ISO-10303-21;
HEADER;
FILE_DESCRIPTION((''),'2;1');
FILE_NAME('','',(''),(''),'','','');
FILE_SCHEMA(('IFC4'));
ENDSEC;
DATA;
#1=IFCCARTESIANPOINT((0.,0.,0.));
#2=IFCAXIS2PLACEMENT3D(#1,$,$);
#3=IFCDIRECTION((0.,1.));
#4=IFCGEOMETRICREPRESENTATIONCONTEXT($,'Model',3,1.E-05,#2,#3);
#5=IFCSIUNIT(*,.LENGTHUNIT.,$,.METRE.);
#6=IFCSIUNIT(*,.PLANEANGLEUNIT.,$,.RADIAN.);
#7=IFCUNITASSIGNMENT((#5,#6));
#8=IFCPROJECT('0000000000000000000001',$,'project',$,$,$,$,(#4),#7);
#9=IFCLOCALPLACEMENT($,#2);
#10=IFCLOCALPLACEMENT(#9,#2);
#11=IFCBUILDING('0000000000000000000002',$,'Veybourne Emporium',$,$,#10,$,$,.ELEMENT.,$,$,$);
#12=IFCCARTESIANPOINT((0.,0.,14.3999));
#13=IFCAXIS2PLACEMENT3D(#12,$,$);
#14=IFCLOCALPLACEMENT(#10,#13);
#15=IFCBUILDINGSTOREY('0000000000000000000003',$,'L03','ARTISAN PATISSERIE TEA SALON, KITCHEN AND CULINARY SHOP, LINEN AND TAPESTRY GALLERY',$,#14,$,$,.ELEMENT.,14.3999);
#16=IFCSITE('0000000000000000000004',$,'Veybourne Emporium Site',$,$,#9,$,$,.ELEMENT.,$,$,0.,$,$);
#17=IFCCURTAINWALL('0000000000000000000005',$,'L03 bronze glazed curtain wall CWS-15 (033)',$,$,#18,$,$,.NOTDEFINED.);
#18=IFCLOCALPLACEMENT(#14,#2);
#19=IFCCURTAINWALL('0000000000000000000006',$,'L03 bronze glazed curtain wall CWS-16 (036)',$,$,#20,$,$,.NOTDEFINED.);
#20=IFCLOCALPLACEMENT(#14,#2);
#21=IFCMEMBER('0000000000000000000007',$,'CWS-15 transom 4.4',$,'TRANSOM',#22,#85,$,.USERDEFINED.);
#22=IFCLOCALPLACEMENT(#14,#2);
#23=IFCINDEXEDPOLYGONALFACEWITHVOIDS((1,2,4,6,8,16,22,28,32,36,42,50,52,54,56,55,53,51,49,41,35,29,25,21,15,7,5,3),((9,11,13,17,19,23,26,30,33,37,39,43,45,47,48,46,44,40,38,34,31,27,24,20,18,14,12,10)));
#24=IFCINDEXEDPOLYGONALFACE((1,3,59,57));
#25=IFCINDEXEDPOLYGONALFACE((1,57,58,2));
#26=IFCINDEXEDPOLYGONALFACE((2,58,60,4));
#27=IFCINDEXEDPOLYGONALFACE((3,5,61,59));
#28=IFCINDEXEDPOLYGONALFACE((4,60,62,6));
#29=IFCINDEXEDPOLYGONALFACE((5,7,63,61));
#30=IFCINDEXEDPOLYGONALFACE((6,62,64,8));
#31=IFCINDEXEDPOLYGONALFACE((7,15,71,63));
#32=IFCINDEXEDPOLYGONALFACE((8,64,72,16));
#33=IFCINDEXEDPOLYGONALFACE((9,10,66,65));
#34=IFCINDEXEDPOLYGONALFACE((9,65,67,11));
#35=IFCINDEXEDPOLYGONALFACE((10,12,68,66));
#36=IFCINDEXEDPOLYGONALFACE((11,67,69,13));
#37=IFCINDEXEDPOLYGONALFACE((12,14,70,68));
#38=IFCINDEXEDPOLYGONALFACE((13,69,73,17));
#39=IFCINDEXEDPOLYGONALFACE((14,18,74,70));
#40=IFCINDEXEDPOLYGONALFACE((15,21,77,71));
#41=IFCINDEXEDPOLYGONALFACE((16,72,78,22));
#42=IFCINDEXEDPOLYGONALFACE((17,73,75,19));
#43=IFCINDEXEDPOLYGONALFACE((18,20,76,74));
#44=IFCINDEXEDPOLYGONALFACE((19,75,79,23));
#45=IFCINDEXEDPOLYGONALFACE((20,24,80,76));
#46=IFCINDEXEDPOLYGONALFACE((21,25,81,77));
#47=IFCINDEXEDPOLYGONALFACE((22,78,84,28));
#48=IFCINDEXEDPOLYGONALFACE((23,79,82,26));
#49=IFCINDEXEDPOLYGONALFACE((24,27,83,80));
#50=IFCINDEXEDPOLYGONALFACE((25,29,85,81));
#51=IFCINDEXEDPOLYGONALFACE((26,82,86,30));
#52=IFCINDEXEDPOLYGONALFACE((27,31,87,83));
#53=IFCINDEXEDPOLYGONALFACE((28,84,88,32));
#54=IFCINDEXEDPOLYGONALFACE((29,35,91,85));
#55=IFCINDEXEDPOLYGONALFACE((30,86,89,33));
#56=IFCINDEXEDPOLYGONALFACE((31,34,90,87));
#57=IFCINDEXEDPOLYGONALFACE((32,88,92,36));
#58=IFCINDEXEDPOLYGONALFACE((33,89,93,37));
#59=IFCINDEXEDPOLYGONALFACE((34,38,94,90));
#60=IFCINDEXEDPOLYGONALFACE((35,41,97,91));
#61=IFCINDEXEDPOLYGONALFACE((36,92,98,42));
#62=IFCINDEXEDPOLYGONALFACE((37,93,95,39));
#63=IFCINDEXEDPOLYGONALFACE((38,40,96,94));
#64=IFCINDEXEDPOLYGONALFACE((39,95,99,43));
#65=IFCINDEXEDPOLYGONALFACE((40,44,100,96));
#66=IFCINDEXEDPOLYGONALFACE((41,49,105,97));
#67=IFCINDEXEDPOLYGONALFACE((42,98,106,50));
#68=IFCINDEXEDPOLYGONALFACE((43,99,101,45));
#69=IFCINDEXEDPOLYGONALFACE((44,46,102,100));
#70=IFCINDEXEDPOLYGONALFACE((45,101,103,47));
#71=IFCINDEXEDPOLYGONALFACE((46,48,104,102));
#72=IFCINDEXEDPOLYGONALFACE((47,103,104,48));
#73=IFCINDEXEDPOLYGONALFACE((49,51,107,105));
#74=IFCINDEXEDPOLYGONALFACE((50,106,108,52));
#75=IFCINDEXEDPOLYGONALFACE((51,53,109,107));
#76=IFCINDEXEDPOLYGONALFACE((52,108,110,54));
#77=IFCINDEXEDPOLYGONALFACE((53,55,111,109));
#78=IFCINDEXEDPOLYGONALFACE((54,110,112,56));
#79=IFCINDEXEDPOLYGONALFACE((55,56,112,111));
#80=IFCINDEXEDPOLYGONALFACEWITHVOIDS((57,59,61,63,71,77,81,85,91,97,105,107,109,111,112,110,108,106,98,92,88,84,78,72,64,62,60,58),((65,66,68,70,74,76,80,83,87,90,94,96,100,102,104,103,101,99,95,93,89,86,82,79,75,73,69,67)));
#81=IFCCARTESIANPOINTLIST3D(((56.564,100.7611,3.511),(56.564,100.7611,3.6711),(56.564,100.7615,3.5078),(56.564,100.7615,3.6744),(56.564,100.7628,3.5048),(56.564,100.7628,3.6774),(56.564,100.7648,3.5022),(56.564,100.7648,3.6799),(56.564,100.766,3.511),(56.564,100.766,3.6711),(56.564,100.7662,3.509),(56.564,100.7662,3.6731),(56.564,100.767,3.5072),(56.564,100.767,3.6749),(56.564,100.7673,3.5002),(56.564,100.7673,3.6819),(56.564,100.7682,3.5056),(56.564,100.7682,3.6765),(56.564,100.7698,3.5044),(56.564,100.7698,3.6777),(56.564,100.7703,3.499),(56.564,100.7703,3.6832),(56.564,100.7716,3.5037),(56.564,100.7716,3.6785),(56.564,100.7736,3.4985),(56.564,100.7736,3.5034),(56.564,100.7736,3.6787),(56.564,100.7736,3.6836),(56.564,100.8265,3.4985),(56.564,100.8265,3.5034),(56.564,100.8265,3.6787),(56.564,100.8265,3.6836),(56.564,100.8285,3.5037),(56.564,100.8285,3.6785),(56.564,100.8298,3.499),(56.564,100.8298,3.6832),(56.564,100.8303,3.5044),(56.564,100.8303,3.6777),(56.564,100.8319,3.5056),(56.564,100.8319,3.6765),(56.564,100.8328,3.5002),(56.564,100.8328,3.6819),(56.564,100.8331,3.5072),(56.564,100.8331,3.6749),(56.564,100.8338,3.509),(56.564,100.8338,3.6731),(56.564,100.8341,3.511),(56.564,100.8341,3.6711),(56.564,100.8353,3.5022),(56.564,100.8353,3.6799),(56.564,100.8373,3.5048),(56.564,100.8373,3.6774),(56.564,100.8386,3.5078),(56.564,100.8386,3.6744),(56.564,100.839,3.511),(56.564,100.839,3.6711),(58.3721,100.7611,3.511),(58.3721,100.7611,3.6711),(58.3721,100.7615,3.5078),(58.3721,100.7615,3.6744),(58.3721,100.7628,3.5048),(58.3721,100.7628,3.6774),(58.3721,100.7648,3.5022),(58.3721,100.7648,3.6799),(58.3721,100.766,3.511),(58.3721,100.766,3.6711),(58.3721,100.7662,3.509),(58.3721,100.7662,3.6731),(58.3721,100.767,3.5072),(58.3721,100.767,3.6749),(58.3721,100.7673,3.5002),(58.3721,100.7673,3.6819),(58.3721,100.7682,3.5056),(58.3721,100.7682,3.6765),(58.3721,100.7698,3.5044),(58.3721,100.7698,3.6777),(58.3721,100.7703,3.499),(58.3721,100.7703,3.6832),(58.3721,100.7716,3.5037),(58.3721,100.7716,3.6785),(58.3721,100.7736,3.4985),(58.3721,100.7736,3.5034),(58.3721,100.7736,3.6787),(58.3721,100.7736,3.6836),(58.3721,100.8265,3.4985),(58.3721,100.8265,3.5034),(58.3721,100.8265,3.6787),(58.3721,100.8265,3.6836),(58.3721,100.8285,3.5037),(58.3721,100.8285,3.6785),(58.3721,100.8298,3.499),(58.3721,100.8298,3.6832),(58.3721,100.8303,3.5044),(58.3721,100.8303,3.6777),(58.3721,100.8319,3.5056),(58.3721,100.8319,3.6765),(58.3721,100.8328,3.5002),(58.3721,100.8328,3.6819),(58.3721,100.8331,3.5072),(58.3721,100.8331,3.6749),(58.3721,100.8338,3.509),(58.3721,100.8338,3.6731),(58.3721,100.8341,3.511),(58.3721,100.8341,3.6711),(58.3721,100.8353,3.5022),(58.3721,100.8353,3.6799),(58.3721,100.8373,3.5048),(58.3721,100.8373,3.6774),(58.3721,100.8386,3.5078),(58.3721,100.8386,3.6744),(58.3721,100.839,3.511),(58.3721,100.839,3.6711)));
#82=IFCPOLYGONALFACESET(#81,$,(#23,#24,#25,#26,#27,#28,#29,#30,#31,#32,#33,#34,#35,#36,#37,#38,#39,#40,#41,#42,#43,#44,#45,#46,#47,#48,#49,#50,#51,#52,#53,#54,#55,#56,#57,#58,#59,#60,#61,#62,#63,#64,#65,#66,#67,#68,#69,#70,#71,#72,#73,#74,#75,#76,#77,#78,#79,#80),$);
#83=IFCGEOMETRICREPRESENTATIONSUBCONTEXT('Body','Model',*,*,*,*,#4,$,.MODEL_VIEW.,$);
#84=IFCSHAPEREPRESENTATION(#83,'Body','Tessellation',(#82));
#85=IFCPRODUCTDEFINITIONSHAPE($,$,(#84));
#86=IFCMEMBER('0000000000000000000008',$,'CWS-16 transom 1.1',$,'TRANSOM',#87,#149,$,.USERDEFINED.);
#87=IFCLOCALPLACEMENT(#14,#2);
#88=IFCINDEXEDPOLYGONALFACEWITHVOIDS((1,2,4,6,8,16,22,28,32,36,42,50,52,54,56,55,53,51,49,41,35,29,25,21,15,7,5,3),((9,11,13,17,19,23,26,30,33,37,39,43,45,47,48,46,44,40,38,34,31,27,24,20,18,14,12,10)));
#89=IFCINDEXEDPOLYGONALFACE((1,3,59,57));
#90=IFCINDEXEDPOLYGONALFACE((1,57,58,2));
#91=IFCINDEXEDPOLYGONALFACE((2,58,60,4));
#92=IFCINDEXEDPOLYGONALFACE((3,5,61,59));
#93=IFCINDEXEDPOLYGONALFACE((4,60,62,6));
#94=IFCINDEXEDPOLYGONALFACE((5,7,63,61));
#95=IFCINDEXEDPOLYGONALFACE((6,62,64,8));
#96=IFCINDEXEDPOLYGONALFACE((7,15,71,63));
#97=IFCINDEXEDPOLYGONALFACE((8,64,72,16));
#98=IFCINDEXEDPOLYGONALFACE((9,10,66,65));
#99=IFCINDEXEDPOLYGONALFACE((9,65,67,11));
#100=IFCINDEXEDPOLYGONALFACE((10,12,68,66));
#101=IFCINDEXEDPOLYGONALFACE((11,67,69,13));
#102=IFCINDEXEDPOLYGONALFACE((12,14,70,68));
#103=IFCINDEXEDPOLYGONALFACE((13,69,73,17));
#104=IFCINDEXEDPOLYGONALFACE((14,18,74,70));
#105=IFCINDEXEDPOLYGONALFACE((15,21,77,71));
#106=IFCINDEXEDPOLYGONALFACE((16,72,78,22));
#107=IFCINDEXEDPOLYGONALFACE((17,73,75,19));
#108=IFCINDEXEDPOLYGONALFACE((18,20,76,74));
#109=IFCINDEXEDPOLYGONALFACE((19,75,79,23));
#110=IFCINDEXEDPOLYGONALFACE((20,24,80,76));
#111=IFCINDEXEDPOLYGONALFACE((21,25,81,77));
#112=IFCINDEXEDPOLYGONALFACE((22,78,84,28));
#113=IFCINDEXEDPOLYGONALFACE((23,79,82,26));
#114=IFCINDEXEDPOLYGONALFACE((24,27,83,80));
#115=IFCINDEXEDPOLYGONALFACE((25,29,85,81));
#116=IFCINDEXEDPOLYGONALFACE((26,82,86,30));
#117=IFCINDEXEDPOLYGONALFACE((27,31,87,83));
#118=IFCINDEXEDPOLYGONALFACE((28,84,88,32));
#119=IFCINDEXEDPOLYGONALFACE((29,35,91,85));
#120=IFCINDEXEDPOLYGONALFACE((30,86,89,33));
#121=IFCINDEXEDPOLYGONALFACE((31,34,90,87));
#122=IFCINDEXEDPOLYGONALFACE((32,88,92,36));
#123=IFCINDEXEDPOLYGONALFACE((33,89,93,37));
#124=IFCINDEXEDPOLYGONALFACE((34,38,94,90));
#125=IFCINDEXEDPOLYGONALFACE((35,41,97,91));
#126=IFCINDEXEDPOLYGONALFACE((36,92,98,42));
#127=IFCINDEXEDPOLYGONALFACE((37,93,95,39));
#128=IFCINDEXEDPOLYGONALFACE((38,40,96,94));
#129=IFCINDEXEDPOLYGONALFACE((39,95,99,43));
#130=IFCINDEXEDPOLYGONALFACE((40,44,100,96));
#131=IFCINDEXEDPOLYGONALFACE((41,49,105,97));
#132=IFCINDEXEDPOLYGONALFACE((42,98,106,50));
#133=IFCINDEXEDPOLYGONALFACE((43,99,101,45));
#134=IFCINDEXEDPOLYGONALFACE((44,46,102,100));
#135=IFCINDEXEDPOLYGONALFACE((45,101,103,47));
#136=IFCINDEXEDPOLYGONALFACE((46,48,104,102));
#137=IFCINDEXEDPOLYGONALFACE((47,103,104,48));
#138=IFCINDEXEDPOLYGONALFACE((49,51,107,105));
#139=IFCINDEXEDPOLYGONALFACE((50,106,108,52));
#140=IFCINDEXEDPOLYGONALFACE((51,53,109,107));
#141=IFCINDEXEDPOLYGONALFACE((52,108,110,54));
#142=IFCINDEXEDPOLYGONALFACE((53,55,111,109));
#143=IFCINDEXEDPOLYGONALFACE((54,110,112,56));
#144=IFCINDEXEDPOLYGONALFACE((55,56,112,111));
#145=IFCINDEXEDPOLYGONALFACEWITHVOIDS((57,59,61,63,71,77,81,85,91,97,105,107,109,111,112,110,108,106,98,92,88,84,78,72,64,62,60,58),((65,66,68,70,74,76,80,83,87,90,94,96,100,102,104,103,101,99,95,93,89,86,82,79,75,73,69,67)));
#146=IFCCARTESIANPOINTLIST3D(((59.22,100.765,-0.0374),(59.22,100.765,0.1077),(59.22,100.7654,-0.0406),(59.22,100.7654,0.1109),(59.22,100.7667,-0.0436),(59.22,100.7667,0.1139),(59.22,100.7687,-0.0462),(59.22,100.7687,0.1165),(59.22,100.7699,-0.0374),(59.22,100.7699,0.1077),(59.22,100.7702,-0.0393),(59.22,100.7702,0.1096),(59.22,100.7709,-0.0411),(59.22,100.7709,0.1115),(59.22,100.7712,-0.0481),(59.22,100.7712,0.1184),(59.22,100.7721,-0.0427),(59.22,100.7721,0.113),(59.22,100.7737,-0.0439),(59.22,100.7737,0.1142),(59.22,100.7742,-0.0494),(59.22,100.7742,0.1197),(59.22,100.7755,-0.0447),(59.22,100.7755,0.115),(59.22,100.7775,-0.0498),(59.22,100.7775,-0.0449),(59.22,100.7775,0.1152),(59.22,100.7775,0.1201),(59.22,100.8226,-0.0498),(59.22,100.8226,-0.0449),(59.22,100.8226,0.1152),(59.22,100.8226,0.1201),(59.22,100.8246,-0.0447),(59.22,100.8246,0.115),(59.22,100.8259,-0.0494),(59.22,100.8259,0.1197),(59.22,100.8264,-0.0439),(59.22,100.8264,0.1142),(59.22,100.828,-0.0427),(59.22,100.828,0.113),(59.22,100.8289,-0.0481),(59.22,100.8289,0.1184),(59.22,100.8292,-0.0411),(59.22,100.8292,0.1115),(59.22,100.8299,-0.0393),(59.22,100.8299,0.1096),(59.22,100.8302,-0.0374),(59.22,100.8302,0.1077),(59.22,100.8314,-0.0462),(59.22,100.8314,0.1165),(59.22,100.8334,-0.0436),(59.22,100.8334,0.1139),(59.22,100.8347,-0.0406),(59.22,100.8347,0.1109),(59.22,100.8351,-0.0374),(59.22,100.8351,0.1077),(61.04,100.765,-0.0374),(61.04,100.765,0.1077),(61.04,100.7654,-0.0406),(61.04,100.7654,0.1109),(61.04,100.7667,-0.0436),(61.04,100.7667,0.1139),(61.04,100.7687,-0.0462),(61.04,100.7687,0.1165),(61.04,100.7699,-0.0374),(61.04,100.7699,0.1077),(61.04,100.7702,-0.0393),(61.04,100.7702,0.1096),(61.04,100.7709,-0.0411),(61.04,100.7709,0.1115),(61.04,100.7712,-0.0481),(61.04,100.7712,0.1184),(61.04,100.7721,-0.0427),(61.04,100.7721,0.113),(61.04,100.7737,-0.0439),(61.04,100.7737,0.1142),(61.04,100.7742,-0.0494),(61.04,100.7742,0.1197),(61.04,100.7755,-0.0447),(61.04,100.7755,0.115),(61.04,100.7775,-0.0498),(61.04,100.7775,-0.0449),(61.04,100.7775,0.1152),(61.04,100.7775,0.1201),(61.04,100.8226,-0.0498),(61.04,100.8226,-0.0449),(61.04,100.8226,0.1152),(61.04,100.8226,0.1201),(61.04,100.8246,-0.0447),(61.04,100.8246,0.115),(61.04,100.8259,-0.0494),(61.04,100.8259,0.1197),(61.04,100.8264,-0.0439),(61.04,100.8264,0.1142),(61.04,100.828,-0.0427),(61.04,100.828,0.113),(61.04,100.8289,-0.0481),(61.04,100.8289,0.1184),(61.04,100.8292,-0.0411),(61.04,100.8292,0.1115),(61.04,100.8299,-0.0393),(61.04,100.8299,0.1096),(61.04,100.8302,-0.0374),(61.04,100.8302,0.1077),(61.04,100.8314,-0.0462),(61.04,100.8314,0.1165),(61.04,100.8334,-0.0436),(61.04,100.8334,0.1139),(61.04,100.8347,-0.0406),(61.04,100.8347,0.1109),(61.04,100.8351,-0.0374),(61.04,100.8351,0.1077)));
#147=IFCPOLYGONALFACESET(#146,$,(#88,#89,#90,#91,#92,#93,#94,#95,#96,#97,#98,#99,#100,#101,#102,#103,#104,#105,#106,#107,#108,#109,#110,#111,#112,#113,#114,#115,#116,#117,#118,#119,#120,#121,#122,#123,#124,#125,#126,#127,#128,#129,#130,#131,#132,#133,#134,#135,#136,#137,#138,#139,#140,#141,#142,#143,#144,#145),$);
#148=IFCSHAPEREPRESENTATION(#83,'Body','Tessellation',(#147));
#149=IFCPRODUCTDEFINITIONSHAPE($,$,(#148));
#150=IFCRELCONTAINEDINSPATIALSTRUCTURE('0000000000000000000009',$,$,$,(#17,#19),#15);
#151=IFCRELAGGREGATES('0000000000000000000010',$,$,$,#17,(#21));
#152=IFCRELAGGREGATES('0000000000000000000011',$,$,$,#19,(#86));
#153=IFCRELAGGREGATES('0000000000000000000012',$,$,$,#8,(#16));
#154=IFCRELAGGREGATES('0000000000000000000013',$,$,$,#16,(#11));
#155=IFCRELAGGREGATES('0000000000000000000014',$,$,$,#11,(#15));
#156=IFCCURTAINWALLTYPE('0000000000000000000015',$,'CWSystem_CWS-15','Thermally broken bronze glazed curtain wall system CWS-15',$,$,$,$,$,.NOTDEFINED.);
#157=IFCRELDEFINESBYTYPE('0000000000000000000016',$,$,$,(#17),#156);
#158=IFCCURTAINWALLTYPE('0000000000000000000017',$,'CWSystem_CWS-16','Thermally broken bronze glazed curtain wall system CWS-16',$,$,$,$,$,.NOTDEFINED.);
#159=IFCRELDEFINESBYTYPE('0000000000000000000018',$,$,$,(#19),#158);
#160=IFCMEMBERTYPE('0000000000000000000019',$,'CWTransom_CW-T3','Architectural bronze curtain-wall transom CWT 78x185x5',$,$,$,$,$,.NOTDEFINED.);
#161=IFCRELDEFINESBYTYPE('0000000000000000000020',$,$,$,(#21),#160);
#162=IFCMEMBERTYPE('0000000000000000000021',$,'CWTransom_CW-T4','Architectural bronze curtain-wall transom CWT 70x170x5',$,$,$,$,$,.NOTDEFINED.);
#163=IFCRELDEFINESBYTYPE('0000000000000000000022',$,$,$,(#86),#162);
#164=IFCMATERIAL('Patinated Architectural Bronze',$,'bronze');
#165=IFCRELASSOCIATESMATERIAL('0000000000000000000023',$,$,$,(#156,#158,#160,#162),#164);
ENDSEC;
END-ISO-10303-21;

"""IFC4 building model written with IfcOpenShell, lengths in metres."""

from ifc_helpers import new_model, si_unit, direction, frame, origin, origin_2d, place, context, subcontext, project, spatial, hollow_rectangle, extrude, material, material_profile, profile_set, type_object, element, aggregate, save


model = new_model("IFC4")

# Units and contexts
model_context = context("Model", 3, precision=1e-05, world=origin(), true_north=direction((0.0, 1.0)))
body_context = subcontext(model_context, "Body", "Model", "MODEL_VIEW")
ifc_project = project(units=[si_unit("LENGTHUNIT", "METRE"), si_unit("PLANEANGLEUNIT", "RADIAN")], contexts=[model_context])

# Site, building, storey
site_placement = place(None, origin())
site = spatial("IfcSite", under=ifc_project, at=site_placement, Name="Veybourne Emporium Site", CompositionType="ELEMENT", RefElevation=0.0)
building_placement = place(site_placement, origin())
building = spatial("IfcBuilding", under=site, at=building_placement, Name="Veybourne Emporium", CompositionType="ELEMENT")
storey_placement = place(building_placement, frame((0.0, 0.0, 14.3999)))
storey = spatial("IfcBuildingStorey", under=building, at=storey_placement, Name="L03", Description="ARTISAN PATISSERIE TEA SALON, KITCHEN AND CULINARY SHOP, LINEN AND TAPESTRY GALLERY", CompositionType="ELEMENT", Elevation=14.3999)

# Curtain wall
ifc_material_1 = material(Name="Patinated Architectural Bronze", Category="bronze")
curtain_wall_type_1 = type_object("IfcCurtainWallType", Name="CWSystem_CWS-15", Description="Thermally broken bronze glazed curtain wall system CWS-15", PredefinedType="NOTDEFINED", material=ifc_material_1)
curtain_wall_1_placement = place(storey_placement, origin())
curtain_wall_1 = element("IfcCurtainWall", 1, at=curtain_wall_1_placement, inside=storey, type_object=curtain_wall_type_1, Name="L03 bronze glazed curtain wall CWS-15 (033)", PredefinedType="NOTDEFINED")

# Curtain wall
curtain_wall_type_2 = type_object("IfcCurtainWallType", Name="CWSystem_CWS-16", Description="Thermally broken bronze glazed curtain wall system CWS-16", PredefinedType="NOTDEFINED", material=ifc_material_1)
curtain_wall_2_placement = place(storey_placement, origin())
curtain_wall_2 = element("IfcCurtainWall", 2, at=curtain_wall_2_placement, inside=storey, type_object=curtain_wall_type_2, Name="L03 bronze glazed curtain wall CWS-16 (036)", PredefinedType="NOTDEFINED")

# Members
ifc_material_profile_1 = material_profile(ifc_material_1, hollow_rectangle(XDim=0.0779, YDim=0.1851, WallThickness=0.0049, InnerFilletRadius=0.0076, OuterFilletRadius=0.0125, at=origin_2d()), Name="CWT 78x185x5")
ifc_profile_set_1 = profile_set([ifc_material_profile_1], Name="Patinated Architectural Bronze")
member_type_1 = type_object("IfcMemberType", Name="CWTransom_CW-T3", Description="Architectural bronze curtain-wall transom CWT 78x185x5", PredefinedType="NOTDEFINED", material=ifc_profile_set_1)
member_1_placement = place(storey_placement, frame((56.564, 100.8, 3.5911), z_axis=(1.0, 0.0, 0.0), x_axis=(0.0, 1.0, 0.0)))
member_1 = element("IfcMember", 3, at=member_1_placement, type_object=member_type_1, Name="CWS-15 transom 4.4", ObjectType="TRANSOM", PredefinedType="USERDEFINED", context=body_context, shape_type="SweptSolid", body=[
    extrude(hollow_rectangle(XDim=0.0779, YDim=0.1851, WallThickness=0.0049, InnerFilletRadius=0.0076, OuterFilletRadius=0.0125, at=origin_2d()), origin(), (0.0, 0.0, 1.0), 1.8081),
])
ifc_material_profile_2 = material_profile(ifc_material_1, hollow_rectangle(XDim=0.0701, YDim=0.1699, WallThickness=0.0049, InnerFilletRadius=0.0076, OuterFilletRadius=0.0125, at=origin_2d()), Name="CWT 70x170x5")
ifc_profile_set_2 = profile_set([ifc_material_profile_2], Name="Patinated Architectural Bronze")
member_type_2 = type_object("IfcMemberType", Name="CWTransom_CW-T4", Description="Architectural bronze curtain-wall transom CWT 70x170x5", PredefinedType="NOTDEFINED", material=ifc_profile_set_2)
member_2_placement = place(storey_placement, frame((59.22, 100.8, 0.0352), z_axis=(1.0, 0.0, 0.0), x_axis=(0.0, 1.0, 0.0)))
member_2 = element("IfcMember", 4, at=member_2_placement, type_object=member_type_2, Name="CWS-16 transom 1.1", ObjectType="TRANSOM", PredefinedType="USERDEFINED", context=body_context, shape_type="SweptSolid", body=[
    extrude(hollow_rectangle(XDim=0.0701, YDim=0.1699, WallThickness=0.0049, InnerFilletRadius=0.0076, OuterFilletRadius=0.0125, at=origin_2d()), origin(), (0.0, 0.0, 1.0), 1.8201),
])

aggregate(curtain_wall_1, [member_1])
aggregate(curtain_wall_2, [member_2])

save(model, "model.ifc")
